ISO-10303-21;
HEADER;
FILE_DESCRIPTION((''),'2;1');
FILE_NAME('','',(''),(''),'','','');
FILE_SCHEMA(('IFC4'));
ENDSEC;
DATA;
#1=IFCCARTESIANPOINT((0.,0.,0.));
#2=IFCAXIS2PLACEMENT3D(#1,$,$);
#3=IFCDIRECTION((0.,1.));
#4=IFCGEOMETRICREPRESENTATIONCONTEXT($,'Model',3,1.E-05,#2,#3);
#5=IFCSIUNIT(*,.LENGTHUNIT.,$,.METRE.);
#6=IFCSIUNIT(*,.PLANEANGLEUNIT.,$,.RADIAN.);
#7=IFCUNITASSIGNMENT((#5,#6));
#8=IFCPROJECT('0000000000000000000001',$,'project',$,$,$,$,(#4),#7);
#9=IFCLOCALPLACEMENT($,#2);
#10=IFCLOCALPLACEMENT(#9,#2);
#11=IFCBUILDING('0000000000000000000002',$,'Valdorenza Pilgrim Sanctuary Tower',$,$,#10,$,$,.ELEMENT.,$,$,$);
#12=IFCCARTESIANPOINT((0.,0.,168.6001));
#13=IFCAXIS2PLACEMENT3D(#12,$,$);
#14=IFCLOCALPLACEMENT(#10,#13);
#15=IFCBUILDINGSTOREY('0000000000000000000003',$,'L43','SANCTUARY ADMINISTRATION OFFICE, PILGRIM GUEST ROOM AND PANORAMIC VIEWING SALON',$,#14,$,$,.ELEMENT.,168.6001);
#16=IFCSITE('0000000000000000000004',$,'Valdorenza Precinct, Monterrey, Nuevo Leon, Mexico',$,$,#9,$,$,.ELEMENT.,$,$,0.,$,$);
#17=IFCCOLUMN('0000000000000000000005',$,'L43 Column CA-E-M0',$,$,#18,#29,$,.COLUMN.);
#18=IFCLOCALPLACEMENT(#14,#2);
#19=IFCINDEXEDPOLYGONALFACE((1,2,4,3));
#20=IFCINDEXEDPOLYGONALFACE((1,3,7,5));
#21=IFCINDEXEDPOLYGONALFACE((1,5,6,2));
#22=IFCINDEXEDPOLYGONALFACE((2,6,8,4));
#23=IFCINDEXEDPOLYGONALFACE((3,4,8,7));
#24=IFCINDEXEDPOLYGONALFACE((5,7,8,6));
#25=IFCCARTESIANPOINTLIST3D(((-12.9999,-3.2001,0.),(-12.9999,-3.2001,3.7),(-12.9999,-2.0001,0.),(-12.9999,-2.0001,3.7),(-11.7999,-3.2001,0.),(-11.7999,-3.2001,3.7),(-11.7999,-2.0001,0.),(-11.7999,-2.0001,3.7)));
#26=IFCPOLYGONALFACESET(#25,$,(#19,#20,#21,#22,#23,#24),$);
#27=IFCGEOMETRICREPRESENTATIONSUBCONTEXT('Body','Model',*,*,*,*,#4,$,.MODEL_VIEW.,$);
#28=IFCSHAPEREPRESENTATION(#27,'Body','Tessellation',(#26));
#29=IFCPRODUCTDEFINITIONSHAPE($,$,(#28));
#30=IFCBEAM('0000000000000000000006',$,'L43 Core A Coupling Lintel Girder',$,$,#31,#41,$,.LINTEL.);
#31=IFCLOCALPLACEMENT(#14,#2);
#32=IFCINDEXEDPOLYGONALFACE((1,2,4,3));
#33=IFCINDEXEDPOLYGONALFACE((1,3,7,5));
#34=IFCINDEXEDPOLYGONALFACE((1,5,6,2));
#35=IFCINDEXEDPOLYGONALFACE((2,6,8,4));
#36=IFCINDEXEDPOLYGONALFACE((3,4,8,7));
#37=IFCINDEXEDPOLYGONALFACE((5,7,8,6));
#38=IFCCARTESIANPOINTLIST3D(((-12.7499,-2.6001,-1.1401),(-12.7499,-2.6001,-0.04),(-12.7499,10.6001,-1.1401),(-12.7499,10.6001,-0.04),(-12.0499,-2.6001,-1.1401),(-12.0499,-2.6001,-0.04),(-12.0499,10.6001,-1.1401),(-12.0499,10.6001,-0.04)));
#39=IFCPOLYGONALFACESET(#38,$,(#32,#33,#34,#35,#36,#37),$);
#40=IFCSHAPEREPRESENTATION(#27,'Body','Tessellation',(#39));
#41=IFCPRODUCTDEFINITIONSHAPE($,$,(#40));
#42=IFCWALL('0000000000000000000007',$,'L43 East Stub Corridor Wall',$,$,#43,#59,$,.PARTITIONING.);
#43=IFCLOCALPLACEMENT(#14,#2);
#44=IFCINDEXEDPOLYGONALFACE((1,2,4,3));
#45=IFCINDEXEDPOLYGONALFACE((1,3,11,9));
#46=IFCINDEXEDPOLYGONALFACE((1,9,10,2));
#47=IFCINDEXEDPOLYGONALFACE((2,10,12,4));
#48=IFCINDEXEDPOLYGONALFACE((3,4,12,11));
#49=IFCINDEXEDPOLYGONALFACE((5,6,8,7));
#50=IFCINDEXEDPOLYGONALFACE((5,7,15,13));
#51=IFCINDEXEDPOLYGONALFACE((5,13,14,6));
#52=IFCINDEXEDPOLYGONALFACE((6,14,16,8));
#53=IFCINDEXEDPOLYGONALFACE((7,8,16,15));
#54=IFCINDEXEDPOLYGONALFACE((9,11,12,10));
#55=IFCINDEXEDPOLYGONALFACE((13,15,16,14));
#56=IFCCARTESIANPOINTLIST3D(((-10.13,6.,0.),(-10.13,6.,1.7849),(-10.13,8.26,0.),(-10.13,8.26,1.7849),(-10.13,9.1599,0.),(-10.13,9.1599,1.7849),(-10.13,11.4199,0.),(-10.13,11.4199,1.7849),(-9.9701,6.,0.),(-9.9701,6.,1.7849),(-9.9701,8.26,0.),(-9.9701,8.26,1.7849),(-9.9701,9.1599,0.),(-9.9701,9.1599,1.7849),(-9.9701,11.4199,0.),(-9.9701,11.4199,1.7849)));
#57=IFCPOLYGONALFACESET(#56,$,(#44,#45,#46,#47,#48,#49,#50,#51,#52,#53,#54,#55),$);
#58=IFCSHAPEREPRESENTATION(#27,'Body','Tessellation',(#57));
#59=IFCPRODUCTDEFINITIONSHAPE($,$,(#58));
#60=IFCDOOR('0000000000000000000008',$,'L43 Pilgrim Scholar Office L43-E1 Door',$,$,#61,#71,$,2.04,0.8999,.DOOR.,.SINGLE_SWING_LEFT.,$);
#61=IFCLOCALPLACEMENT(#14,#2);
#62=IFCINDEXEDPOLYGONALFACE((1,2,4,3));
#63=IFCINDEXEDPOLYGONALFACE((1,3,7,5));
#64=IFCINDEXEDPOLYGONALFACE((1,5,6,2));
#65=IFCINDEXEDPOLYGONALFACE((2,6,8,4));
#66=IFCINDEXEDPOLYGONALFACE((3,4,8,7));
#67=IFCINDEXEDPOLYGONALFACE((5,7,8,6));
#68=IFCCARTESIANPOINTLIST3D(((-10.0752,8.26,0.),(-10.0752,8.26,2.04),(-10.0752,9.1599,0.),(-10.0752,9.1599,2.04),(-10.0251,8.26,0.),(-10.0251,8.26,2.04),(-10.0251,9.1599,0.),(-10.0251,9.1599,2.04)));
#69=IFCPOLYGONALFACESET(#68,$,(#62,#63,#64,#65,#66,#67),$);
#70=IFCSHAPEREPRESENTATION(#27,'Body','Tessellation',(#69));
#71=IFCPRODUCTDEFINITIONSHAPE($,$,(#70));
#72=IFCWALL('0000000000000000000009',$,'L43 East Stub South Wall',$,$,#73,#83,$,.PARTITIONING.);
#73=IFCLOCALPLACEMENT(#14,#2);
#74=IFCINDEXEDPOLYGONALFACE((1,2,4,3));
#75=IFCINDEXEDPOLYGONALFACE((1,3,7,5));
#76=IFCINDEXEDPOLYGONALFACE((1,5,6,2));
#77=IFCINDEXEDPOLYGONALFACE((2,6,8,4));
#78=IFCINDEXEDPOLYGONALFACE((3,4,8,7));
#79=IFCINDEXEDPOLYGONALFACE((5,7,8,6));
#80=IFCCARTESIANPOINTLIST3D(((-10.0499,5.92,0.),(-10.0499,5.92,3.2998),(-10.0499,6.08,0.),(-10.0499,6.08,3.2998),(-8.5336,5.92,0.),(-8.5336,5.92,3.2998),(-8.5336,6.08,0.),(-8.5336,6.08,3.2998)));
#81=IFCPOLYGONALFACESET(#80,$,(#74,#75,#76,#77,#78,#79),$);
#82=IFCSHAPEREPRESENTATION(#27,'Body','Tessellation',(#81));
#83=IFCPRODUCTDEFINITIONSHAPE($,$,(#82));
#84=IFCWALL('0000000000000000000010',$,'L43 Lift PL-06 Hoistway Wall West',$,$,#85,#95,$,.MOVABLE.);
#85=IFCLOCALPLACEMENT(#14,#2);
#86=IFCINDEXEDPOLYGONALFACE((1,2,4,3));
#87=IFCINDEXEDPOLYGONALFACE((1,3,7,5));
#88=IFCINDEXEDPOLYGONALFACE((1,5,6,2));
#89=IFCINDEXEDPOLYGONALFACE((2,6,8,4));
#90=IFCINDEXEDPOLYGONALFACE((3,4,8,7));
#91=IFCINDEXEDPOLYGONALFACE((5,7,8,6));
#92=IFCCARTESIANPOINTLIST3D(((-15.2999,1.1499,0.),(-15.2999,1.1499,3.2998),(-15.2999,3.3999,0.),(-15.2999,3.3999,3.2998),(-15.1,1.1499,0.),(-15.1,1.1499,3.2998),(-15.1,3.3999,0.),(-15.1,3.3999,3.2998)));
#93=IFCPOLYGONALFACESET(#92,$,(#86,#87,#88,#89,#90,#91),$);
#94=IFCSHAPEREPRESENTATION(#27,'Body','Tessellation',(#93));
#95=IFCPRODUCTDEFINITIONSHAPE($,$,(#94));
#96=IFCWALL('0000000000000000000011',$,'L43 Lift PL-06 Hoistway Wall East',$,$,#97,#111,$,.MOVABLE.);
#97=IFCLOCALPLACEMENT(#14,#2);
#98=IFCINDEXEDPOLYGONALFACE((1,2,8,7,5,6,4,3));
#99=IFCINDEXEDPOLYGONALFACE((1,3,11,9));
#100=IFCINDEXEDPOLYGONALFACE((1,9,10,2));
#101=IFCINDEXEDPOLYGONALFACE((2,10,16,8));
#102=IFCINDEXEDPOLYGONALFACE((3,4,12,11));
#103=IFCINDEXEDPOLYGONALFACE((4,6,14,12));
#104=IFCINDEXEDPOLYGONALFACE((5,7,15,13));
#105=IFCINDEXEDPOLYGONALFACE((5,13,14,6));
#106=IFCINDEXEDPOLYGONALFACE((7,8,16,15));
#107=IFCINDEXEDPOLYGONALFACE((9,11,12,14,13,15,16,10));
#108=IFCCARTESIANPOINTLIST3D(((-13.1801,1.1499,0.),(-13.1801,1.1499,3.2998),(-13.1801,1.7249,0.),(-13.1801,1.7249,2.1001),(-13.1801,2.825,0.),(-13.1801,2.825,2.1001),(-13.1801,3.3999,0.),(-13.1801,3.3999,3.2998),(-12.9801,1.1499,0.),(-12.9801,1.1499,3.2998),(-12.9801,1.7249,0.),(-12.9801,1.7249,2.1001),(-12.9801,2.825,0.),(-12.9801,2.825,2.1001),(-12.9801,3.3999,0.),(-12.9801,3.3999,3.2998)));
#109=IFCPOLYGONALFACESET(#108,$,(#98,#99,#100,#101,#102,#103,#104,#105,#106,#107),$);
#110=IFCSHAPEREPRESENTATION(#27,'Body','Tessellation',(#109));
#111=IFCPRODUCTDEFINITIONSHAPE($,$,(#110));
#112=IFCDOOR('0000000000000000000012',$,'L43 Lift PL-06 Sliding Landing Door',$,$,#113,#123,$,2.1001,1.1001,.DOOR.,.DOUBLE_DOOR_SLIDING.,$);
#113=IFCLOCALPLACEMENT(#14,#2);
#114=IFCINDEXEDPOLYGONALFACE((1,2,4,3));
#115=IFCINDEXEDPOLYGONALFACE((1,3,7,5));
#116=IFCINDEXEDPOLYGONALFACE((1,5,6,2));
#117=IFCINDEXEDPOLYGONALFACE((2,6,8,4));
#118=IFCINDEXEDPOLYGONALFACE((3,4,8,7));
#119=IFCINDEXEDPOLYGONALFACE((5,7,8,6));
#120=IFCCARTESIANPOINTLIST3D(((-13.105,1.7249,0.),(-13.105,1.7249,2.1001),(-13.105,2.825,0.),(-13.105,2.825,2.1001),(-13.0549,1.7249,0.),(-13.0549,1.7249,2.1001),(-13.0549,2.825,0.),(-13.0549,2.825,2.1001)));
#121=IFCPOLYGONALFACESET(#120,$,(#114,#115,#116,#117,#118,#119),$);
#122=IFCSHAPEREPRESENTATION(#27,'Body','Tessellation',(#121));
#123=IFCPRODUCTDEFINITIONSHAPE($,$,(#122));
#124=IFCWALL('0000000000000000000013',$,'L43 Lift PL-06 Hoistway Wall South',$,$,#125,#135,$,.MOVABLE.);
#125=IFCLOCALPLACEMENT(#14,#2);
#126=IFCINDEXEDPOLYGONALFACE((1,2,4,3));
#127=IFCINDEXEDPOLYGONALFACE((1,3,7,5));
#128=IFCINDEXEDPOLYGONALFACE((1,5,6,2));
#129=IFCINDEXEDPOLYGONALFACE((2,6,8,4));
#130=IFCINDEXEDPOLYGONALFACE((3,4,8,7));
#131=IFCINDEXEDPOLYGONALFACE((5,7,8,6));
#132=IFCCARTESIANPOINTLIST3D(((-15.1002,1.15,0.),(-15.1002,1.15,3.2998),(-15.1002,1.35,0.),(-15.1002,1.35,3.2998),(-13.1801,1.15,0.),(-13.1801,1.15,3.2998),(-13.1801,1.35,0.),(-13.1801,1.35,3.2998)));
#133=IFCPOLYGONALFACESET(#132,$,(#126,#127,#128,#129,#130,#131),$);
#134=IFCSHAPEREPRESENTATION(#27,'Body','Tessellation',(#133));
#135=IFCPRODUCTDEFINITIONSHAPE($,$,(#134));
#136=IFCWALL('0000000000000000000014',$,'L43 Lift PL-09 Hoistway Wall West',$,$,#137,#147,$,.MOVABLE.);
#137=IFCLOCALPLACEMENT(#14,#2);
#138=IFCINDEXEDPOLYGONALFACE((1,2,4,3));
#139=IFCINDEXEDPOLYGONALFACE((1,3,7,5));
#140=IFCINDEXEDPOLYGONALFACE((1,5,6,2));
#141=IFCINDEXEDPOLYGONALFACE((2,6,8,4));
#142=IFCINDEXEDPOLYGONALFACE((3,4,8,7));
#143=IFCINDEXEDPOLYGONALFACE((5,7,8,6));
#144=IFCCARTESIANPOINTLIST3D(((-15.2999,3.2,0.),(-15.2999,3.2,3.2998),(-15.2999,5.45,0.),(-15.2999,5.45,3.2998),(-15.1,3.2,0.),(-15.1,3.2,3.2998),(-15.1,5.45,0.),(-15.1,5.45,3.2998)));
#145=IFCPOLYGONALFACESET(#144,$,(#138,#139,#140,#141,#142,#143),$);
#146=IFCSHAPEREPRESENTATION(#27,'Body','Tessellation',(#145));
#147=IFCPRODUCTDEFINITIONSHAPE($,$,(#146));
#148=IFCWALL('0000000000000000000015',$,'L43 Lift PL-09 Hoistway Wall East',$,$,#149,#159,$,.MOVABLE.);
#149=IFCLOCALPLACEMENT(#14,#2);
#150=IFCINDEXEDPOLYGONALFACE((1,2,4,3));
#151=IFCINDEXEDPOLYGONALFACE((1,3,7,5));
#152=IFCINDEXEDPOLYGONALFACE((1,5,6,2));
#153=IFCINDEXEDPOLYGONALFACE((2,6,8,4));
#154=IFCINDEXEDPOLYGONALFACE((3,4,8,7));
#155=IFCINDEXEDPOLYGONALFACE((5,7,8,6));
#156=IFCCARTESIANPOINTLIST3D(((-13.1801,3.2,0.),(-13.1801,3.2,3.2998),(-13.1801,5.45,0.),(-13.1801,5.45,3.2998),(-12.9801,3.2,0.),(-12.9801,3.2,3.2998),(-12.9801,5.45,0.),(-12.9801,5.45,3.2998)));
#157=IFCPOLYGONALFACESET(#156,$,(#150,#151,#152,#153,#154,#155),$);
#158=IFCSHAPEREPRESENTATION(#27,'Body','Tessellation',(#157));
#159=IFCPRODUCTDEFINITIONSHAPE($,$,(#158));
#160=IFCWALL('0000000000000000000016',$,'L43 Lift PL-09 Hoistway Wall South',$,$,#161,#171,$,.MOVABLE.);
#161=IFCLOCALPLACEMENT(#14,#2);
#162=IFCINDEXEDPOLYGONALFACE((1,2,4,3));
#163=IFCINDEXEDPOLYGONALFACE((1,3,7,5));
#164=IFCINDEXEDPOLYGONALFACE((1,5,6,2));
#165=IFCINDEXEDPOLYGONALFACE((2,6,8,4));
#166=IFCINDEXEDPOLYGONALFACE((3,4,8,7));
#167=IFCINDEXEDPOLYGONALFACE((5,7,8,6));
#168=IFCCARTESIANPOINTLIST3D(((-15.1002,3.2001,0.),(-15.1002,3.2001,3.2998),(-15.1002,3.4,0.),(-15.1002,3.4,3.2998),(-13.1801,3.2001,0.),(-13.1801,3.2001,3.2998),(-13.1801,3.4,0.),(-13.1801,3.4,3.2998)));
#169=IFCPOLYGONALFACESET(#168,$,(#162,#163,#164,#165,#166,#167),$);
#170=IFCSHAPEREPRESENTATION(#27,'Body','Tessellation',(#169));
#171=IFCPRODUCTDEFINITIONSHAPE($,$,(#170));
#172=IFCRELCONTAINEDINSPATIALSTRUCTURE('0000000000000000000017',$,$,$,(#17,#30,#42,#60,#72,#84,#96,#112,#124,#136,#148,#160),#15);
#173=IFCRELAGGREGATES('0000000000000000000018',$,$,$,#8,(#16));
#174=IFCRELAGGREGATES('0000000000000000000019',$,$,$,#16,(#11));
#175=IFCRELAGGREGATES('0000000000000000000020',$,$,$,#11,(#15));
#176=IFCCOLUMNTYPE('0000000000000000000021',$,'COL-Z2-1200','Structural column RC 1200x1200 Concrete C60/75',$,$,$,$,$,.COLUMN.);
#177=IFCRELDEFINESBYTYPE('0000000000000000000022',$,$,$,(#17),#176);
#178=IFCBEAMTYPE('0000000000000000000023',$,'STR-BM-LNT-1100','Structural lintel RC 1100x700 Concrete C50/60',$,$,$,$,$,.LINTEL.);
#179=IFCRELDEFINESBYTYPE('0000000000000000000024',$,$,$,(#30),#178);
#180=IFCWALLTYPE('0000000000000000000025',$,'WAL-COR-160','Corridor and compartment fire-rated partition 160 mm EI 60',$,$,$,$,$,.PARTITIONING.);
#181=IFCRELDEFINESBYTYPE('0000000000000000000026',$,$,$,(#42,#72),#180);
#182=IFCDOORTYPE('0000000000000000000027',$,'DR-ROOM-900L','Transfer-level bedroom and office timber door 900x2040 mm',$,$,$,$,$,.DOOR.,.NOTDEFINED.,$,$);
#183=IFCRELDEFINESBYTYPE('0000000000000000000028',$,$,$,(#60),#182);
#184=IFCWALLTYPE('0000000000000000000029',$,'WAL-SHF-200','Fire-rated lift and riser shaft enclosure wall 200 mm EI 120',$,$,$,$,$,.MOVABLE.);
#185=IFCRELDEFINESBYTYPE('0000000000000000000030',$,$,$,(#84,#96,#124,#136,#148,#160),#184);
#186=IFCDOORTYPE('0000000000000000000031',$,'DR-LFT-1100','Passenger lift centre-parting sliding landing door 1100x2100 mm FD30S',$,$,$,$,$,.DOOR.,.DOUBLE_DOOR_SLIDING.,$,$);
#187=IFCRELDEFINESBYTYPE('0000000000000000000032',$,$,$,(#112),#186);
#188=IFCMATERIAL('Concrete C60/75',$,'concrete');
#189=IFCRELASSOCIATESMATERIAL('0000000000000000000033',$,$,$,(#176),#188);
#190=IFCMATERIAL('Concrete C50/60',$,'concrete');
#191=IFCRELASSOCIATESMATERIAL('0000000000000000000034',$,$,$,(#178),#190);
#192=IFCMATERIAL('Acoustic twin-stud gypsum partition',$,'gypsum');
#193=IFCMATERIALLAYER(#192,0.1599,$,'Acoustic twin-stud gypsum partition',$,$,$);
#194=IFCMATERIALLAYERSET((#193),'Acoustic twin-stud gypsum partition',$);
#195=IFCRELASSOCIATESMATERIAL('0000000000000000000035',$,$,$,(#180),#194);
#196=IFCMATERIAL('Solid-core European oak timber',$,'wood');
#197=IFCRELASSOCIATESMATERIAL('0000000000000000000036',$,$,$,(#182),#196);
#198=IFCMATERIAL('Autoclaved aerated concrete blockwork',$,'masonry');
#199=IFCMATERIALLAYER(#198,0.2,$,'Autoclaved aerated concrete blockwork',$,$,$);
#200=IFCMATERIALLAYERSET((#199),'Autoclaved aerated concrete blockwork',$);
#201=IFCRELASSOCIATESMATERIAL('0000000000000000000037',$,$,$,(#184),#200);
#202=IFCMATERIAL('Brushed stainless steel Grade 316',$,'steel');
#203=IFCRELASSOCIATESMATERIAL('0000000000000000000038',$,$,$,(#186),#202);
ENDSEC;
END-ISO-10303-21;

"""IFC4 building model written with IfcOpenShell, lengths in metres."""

from ifc_helpers import new_model, si_unit, direction, frame, frame_2d, origin, origin_2d, place, context, subcontext, project, spatial, rectangle, extrude, source, transform, mapped, material, layer, layer_set, material_profile, profile_set, type_object, element, fill, save


model = new_model("IFC4")

# Units and contexts
model_context = context("Model", 3, precision=1e-05, world=origin(), true_north=direction((0.0, 1.0)))
body_context = subcontext(model_context, "Body", "Model", "MODEL_VIEW")
ifc_project = project(units=[si_unit("LENGTHUNIT", "METRE"), si_unit("PLANEANGLEUNIT", "RADIAN")], contexts=[model_context])

# Site, building, storey
site_placement = place(None, origin())
site = spatial("IfcSite", under=ifc_project, at=site_placement, Name="Valdorenza Precinct, Monterrey, Nuevo Leon, Mexico", CompositionType="ELEMENT", RefElevation=0.0)
building_placement = place(site_placement, origin())
building = spatial("IfcBuilding", under=site, at=building_placement, Name="Valdorenza Pilgrim Sanctuary Tower", CompositionType="ELEMENT")
storey_placement = place(building_placement, frame((0.0, 0.0, 168.6001)))
storey = spatial("IfcBuildingStorey", under=building, at=storey_placement, Name="L43", Description="SANCTUARY ADMINISTRATION OFFICE, PILGRIM GUEST ROOM AND PANORAMIC VIEWING SALON", CompositionType="ELEMENT", Elevation=168.6001)

# Column
ifc_material_1 = material(Name="Concrete C60/75", Category="concrete")
ifc_material_profile_1 = material_profile(ifc_material_1, rectangle(XDim=1.2, YDim=1.2, at=origin_2d()), Name="RC 1200x1200")
ifc_profile_set_1 = profile_set([ifc_material_profile_1], Name="Concrete C60/75")
column_type = type_object("IfcColumnType", Name="COL-Z2-1200", Description="Structural column RC 1200x1200 Concrete C60/75", PredefinedType="COLUMN", material=ifc_profile_set_1)
shared_shape_1 = source(origin(), body_context, "Body", "SweptSolid", [
    extrude(rectangle(XDim=1.2, YDim=1.2, at=origin_2d()), origin(), (0.0, 0.0, 1.0), 3.7),
])
column_placement = place(storey_placement, frame((-12.3999, -2.6001, 0.0), z_axis=(0.0, 0.0, 1.0), x_axis=(1.0, 0.0, 0.0)))
element("IfcColumn", 1, at=column_placement, inside=storey, type_object=column_type, Name="L43 Column CA-E-M0", PredefinedType="COLUMN", context=body_context, shape_type="MappedRepresentation", body=[
    mapped(shared_shape_1, transform((0.0, 0.0, 0.0), x_axis=(1.0, 0.0, 0.0), y_axis=(0.0, 1.0, 0.0), z_axis=(0.0, 0.0, 1.0), scale=1.0)),
])

# Beam
ifc_material_2 = material(Name="Concrete C50/60", Category="concrete")
ifc_material_profile_2 = material_profile(ifc_material_2, rectangle(XDim=0.7, YDim=1.1001, at=origin_2d()), Name="RC 1100x700")
ifc_profile_set_2 = profile_set([ifc_material_profile_2], Name="Concrete C50/60")
beam_type = type_object("IfcBeamType", Name="STR-BM-LNT-1100", Description="Structural lintel RC 1100x700 Concrete C50/60", PredefinedType="LINTEL", material=ifc_profile_set_2)
shared_shape_2 = source(origin(), body_context, "Body", "SweptSolid", [
    extrude(rectangle(XDim=0.7, YDim=1.1001, at=origin_2d()), origin(), (0.0, 0.0, 1.0), 13.2002),
])
beam_placement = place(storey_placement, frame((-12.3999, -2.6001, -0.5901), z_axis=(0.0, 1.0, 0.0), x_axis=(-1.0, 0.0, 0.0)))
element("IfcBeam", 2, at=beam_placement, inside=storey, type_object=beam_type, Name="L43 Core A Coupling Lintel Girder", PredefinedType="LINTEL", context=body_context, shape_type="MappedRepresentation", body=[
    mapped(shared_shape_2, transform((0.0, 0.0, 0.0), x_axis=(1.0, 0.0, 0.0), y_axis=(0.0, 1.0, 0.0), z_axis=(0.0, 0.0, 1.0), scale=1.0)),
])

# Wall, opening, door
ifc_material_3 = material(Name="Acoustic twin-stud gypsum partition", Category="gypsum")
ifc_layer_1 = layer(ifc_material_3, 0.1599, Name="Acoustic twin-stud gypsum partition")
ifc_layer_set_1 = layer_set([ifc_layer_1], Name="Acoustic twin-stud gypsum partition")
wall_type_1 = type_object("IfcWallType", Name="WAL-COR-160", Description="Corridor and compartment fire-rated partition 160 mm EI 60", PredefinedType="PARTITIONING", material=ifc_layer_set_1)
wall_1_placement = place(storey_placement, frame((-10.05, 6.0, 0.0), z_axis=(0.0, 0.0, 1.0), x_axis=(0.0, 1.0, 0.0)))
wall_1 = element("IfcWall", 3, at=wall_1_placement, inside=storey, type_object=wall_type_1, Name="L43 East Stub Corridor Wall", PredefinedType="PARTITIONING", context=body_context, shape_type="SweptSolid", body=[
    extrude(rectangle(XDim=5.4199, YDim=0.1599, at=frame_2d((2.71, 0.0))), origin(), (0.0, 0.0, 1.0), 1.7849),
])
opening_1_placement = place(wall_1_placement, frame((2.26, 0.0, 0.0)))
opening_1 = element("IfcOpeningElement", 4, at=opening_1_placement, cuts=wall_1, PredefinedType="OPENING", context=body_context, shape_type="SweptSolid", body=[
    extrude(rectangle(XDim=0.8999, YDim=2.04, at=frame_2d((0.45, 1.02))), frame((0.0, 0.0947, 0.0), z_axis=(0.0, -1.0, 0.0), x_axis=(1.0, 0.0, 0.0)), (0.0, 0.0, 1.0), 0.1897),
])
ifc_material_4 = material(Name="Solid-core European oak timber", Category="wood")
door_type_1 = type_object("IfcDoorType", Name="DR-ROOM-900L", Description="Transfer-level bedroom and office timber door 900x2040 mm", OperationType="NOTDEFINED", PredefinedType="DOOR", material=ifc_material_4)
door_1_placement = place(opening_1_placement, frame((0.8999, 0.0, 0.0), z_axis=(0.0, 0.0, 1.0), x_axis=(-1.0, 0.0, 0.0)))
door_1 = element("IfcDoor", 5, at=door_1_placement, inside=storey, type_object=door_type_1, Name="L43 Pilgrim Scholar Office L43-E1 Door", OperationType="SINGLE_SWING_LEFT", OverallHeight=2.04, OverallWidth=0.8999, PredefinedType="DOOR", context=body_context, shape_type="SweptSolid", body=[
    extrude(rectangle(XDim=0.8999, YDim=2.04, at=frame_2d((0.45, 1.02))), frame((0.0, 0.0249, 0.0), z_axis=(0.0, -1.0, 0.0), x_axis=(1.0, 0.0, 0.0)), (0.0, 0.0, 1.0), 0.05),
])
fill(opening_1, door_1)

# Walls
wall_2_placement = place(storey_placement, frame((-10.05, 6.0, 0.0), z_axis=(0.0, 0.0, 1.0), x_axis=(1.0, 0.0, 0.0)))
element("IfcWall", 6, at=wall_2_placement, inside=storey, type_object=wall_type_1, Name="L43 East Stub South Wall", PredefinedType="PARTITIONING", context=body_context, shape_type="SweptSolid", body=[
    extrude(rectangle(XDim=1.5164, YDim=0.1599, at=frame_2d((0.7583, 0.0))), origin(), (0.0, 0.0, 1.0), 3.2998),
])
ifc_material_5 = material(Name="Autoclaved aerated concrete blockwork", Category="masonry")
ifc_layer_2 = layer(ifc_material_5, 0.2, Name="Autoclaved aerated concrete blockwork")
ifc_layer_set_2 = layer_set([ifc_layer_2], Name="Autoclaved aerated concrete blockwork")
wall_type_2 = type_object("IfcWallType", Name="WAL-SHF-200", Description="Fire-rated lift and riser shaft enclosure wall 200 mm EI 120", PredefinedType="MOVABLE", material=ifc_layer_set_2)
wall_3_placement = place(storey_placement, frame((-15.2, 1.1499, 0.0), z_axis=(0.0, 0.0, 1.0), x_axis=(0.0, 1.0, 0.0)))
element("IfcWall", 7, at=wall_3_placement, inside=storey, type_object=wall_type_2, Name="L43 Lift PL-06 Hoistway Wall West", PredefinedType="MOVABLE", context=body_context, shape_type="SweptSolid", body=[
    extrude(rectangle(XDim=2.25, YDim=0.2, at=frame_2d((1.125, 0.0))), origin(), (0.0, 0.0, 1.0), 3.2998),
])

# Wall, opening, door
wall_4_placement = place(storey_placement, frame((-13.0801, 1.1499, 0.0), z_axis=(0.0, 0.0, 1.0), x_axis=(0.0, 1.0, 0.0)))
wall_4 = element("IfcWall", 8, at=wall_4_placement, inside=storey, type_object=wall_type_2, Name="L43 Lift PL-06 Hoistway Wall East", PredefinedType="MOVABLE", context=body_context, shape_type="SweptSolid", body=[
    extrude(rectangle(XDim=2.25, YDim=0.2, at=frame_2d((1.125, 0.0))), origin(), (0.0, 0.0, 1.0), 3.2998),
])
opening_2_placement = place(wall_4_placement, frame((0.575, 0.0, 0.0)))
opening_2 = element("IfcOpeningElement", 9, at=opening_2_placement, cuts=wall_4, PredefinedType="OPENING", context=body_context, shape_type="SweptSolid", body=[
    extrude(rectangle(XDim=1.1001, YDim=2.1001, at=frame_2d((0.55, 1.05))), frame((0.0, 0.1147, 0.0), z_axis=(0.0, -1.0, 0.0), x_axis=(1.0, 0.0, 0.0)), (0.0, 0.0, 1.0), 0.2297),
])
ifc_material_6 = material(Name="Brushed stainless steel Grade 316", Category="steel")
door_type_2 = type_object("IfcDoorType", Name="DR-LFT-1100", Description="Passenger lift centre-parting sliding landing door 1100x2100 mm FD30S", OperationType="DOUBLE_DOOR_SLIDING", PredefinedType="DOOR", material=ifc_material_6)
door_2_placement = place(opening_2_placement, origin())
door_2 = element("IfcDoor", 10, at=door_2_placement, inside=storey, type_object=door_type_2, Name="L43 Lift PL-06 Sliding Landing Door", OperationType="DOUBLE_DOOR_SLIDING", OverallHeight=2.1001, OverallWidth=1.1001, PredefinedType="DOOR", context=body_context, shape_type="SweptSolid", body=[
    extrude(rectangle(XDim=1.1001, YDim=2.1001, at=frame_2d((0.55, 1.05))), frame((0.0, 0.0249, 0.0), z_axis=(0.0, -1.0, 0.0), x_axis=(1.0, 0.0, 0.0)), (0.0, 0.0, 1.0), 0.05),
])
fill(opening_2, door_2)

# Walls
wall_5_placement = place(storey_placement, frame((-15.1001, 1.25, 0.0), z_axis=(0.0, 0.0, 1.0), x_axis=(1.0, 0.0, 0.0)))
element("IfcWall", 11, at=wall_5_placement, inside=storey, type_object=wall_type_2, Name="L43 Lift PL-06 Hoistway Wall South", PredefinedType="MOVABLE", context=body_context, shape_type="SweptSolid", body=[
    extrude(rectangle(XDim=1.9202, YDim=0.2, at=frame_2d((0.96, 0.0))), origin(), (0.0, 0.0, 1.0), 3.2998),
])
for number, where, z_axis, x_axis, name in (
    (12, (-15.2, 3.2, 0.0), (0.0, 0.0, 1.0), (0.0, 1.0, 0.0), "L43 Lift PL-09 Hoistway Wall West"),
    (13, (-13.0801, 3.2, 0.0), (0.0, 0.0, 1.0), (0.0, 1.0, 0.0), "L43 Lift PL-09 Hoistway Wall East"),
):
    element("IfcWall", number, at=place(storey_placement, frame(where, z_axis=z_axis, x_axis=x_axis)), inside=storey, type_object=wall_type_2, Name=name, PredefinedType="MOVABLE", context=body_context, shape_type="SweptSolid", body=[
        extrude(rectangle(XDim=2.25, YDim=0.2, at=frame_2d((1.125, 0.0))), origin(), (0.0, 0.0, 1.0), 3.2998),
    ])
for number, where, z_axis, x_axis, name in (
    (14, (-15.1001, 3.3, 0.0), (0.0, 0.0, 1.0), (1.0, 0.0, 0.0), "L43 Lift PL-09 Hoistway Wall South"),
):
    element("IfcWall", number, at=place(storey_placement, frame(where, z_axis=z_axis, x_axis=x_axis)), inside=storey, type_object=wall_type_2, Name=name, PredefinedType="MOVABLE", context=body_context, shape_type="SweptSolid", body=[
        extrude(rectangle(XDim=1.9202, YDim=0.2, at=frame_2d((0.96, 0.0))), origin(), (0.0, 0.0, 1.0), 3.2998),
    ])

save(model, "model.ifc")
